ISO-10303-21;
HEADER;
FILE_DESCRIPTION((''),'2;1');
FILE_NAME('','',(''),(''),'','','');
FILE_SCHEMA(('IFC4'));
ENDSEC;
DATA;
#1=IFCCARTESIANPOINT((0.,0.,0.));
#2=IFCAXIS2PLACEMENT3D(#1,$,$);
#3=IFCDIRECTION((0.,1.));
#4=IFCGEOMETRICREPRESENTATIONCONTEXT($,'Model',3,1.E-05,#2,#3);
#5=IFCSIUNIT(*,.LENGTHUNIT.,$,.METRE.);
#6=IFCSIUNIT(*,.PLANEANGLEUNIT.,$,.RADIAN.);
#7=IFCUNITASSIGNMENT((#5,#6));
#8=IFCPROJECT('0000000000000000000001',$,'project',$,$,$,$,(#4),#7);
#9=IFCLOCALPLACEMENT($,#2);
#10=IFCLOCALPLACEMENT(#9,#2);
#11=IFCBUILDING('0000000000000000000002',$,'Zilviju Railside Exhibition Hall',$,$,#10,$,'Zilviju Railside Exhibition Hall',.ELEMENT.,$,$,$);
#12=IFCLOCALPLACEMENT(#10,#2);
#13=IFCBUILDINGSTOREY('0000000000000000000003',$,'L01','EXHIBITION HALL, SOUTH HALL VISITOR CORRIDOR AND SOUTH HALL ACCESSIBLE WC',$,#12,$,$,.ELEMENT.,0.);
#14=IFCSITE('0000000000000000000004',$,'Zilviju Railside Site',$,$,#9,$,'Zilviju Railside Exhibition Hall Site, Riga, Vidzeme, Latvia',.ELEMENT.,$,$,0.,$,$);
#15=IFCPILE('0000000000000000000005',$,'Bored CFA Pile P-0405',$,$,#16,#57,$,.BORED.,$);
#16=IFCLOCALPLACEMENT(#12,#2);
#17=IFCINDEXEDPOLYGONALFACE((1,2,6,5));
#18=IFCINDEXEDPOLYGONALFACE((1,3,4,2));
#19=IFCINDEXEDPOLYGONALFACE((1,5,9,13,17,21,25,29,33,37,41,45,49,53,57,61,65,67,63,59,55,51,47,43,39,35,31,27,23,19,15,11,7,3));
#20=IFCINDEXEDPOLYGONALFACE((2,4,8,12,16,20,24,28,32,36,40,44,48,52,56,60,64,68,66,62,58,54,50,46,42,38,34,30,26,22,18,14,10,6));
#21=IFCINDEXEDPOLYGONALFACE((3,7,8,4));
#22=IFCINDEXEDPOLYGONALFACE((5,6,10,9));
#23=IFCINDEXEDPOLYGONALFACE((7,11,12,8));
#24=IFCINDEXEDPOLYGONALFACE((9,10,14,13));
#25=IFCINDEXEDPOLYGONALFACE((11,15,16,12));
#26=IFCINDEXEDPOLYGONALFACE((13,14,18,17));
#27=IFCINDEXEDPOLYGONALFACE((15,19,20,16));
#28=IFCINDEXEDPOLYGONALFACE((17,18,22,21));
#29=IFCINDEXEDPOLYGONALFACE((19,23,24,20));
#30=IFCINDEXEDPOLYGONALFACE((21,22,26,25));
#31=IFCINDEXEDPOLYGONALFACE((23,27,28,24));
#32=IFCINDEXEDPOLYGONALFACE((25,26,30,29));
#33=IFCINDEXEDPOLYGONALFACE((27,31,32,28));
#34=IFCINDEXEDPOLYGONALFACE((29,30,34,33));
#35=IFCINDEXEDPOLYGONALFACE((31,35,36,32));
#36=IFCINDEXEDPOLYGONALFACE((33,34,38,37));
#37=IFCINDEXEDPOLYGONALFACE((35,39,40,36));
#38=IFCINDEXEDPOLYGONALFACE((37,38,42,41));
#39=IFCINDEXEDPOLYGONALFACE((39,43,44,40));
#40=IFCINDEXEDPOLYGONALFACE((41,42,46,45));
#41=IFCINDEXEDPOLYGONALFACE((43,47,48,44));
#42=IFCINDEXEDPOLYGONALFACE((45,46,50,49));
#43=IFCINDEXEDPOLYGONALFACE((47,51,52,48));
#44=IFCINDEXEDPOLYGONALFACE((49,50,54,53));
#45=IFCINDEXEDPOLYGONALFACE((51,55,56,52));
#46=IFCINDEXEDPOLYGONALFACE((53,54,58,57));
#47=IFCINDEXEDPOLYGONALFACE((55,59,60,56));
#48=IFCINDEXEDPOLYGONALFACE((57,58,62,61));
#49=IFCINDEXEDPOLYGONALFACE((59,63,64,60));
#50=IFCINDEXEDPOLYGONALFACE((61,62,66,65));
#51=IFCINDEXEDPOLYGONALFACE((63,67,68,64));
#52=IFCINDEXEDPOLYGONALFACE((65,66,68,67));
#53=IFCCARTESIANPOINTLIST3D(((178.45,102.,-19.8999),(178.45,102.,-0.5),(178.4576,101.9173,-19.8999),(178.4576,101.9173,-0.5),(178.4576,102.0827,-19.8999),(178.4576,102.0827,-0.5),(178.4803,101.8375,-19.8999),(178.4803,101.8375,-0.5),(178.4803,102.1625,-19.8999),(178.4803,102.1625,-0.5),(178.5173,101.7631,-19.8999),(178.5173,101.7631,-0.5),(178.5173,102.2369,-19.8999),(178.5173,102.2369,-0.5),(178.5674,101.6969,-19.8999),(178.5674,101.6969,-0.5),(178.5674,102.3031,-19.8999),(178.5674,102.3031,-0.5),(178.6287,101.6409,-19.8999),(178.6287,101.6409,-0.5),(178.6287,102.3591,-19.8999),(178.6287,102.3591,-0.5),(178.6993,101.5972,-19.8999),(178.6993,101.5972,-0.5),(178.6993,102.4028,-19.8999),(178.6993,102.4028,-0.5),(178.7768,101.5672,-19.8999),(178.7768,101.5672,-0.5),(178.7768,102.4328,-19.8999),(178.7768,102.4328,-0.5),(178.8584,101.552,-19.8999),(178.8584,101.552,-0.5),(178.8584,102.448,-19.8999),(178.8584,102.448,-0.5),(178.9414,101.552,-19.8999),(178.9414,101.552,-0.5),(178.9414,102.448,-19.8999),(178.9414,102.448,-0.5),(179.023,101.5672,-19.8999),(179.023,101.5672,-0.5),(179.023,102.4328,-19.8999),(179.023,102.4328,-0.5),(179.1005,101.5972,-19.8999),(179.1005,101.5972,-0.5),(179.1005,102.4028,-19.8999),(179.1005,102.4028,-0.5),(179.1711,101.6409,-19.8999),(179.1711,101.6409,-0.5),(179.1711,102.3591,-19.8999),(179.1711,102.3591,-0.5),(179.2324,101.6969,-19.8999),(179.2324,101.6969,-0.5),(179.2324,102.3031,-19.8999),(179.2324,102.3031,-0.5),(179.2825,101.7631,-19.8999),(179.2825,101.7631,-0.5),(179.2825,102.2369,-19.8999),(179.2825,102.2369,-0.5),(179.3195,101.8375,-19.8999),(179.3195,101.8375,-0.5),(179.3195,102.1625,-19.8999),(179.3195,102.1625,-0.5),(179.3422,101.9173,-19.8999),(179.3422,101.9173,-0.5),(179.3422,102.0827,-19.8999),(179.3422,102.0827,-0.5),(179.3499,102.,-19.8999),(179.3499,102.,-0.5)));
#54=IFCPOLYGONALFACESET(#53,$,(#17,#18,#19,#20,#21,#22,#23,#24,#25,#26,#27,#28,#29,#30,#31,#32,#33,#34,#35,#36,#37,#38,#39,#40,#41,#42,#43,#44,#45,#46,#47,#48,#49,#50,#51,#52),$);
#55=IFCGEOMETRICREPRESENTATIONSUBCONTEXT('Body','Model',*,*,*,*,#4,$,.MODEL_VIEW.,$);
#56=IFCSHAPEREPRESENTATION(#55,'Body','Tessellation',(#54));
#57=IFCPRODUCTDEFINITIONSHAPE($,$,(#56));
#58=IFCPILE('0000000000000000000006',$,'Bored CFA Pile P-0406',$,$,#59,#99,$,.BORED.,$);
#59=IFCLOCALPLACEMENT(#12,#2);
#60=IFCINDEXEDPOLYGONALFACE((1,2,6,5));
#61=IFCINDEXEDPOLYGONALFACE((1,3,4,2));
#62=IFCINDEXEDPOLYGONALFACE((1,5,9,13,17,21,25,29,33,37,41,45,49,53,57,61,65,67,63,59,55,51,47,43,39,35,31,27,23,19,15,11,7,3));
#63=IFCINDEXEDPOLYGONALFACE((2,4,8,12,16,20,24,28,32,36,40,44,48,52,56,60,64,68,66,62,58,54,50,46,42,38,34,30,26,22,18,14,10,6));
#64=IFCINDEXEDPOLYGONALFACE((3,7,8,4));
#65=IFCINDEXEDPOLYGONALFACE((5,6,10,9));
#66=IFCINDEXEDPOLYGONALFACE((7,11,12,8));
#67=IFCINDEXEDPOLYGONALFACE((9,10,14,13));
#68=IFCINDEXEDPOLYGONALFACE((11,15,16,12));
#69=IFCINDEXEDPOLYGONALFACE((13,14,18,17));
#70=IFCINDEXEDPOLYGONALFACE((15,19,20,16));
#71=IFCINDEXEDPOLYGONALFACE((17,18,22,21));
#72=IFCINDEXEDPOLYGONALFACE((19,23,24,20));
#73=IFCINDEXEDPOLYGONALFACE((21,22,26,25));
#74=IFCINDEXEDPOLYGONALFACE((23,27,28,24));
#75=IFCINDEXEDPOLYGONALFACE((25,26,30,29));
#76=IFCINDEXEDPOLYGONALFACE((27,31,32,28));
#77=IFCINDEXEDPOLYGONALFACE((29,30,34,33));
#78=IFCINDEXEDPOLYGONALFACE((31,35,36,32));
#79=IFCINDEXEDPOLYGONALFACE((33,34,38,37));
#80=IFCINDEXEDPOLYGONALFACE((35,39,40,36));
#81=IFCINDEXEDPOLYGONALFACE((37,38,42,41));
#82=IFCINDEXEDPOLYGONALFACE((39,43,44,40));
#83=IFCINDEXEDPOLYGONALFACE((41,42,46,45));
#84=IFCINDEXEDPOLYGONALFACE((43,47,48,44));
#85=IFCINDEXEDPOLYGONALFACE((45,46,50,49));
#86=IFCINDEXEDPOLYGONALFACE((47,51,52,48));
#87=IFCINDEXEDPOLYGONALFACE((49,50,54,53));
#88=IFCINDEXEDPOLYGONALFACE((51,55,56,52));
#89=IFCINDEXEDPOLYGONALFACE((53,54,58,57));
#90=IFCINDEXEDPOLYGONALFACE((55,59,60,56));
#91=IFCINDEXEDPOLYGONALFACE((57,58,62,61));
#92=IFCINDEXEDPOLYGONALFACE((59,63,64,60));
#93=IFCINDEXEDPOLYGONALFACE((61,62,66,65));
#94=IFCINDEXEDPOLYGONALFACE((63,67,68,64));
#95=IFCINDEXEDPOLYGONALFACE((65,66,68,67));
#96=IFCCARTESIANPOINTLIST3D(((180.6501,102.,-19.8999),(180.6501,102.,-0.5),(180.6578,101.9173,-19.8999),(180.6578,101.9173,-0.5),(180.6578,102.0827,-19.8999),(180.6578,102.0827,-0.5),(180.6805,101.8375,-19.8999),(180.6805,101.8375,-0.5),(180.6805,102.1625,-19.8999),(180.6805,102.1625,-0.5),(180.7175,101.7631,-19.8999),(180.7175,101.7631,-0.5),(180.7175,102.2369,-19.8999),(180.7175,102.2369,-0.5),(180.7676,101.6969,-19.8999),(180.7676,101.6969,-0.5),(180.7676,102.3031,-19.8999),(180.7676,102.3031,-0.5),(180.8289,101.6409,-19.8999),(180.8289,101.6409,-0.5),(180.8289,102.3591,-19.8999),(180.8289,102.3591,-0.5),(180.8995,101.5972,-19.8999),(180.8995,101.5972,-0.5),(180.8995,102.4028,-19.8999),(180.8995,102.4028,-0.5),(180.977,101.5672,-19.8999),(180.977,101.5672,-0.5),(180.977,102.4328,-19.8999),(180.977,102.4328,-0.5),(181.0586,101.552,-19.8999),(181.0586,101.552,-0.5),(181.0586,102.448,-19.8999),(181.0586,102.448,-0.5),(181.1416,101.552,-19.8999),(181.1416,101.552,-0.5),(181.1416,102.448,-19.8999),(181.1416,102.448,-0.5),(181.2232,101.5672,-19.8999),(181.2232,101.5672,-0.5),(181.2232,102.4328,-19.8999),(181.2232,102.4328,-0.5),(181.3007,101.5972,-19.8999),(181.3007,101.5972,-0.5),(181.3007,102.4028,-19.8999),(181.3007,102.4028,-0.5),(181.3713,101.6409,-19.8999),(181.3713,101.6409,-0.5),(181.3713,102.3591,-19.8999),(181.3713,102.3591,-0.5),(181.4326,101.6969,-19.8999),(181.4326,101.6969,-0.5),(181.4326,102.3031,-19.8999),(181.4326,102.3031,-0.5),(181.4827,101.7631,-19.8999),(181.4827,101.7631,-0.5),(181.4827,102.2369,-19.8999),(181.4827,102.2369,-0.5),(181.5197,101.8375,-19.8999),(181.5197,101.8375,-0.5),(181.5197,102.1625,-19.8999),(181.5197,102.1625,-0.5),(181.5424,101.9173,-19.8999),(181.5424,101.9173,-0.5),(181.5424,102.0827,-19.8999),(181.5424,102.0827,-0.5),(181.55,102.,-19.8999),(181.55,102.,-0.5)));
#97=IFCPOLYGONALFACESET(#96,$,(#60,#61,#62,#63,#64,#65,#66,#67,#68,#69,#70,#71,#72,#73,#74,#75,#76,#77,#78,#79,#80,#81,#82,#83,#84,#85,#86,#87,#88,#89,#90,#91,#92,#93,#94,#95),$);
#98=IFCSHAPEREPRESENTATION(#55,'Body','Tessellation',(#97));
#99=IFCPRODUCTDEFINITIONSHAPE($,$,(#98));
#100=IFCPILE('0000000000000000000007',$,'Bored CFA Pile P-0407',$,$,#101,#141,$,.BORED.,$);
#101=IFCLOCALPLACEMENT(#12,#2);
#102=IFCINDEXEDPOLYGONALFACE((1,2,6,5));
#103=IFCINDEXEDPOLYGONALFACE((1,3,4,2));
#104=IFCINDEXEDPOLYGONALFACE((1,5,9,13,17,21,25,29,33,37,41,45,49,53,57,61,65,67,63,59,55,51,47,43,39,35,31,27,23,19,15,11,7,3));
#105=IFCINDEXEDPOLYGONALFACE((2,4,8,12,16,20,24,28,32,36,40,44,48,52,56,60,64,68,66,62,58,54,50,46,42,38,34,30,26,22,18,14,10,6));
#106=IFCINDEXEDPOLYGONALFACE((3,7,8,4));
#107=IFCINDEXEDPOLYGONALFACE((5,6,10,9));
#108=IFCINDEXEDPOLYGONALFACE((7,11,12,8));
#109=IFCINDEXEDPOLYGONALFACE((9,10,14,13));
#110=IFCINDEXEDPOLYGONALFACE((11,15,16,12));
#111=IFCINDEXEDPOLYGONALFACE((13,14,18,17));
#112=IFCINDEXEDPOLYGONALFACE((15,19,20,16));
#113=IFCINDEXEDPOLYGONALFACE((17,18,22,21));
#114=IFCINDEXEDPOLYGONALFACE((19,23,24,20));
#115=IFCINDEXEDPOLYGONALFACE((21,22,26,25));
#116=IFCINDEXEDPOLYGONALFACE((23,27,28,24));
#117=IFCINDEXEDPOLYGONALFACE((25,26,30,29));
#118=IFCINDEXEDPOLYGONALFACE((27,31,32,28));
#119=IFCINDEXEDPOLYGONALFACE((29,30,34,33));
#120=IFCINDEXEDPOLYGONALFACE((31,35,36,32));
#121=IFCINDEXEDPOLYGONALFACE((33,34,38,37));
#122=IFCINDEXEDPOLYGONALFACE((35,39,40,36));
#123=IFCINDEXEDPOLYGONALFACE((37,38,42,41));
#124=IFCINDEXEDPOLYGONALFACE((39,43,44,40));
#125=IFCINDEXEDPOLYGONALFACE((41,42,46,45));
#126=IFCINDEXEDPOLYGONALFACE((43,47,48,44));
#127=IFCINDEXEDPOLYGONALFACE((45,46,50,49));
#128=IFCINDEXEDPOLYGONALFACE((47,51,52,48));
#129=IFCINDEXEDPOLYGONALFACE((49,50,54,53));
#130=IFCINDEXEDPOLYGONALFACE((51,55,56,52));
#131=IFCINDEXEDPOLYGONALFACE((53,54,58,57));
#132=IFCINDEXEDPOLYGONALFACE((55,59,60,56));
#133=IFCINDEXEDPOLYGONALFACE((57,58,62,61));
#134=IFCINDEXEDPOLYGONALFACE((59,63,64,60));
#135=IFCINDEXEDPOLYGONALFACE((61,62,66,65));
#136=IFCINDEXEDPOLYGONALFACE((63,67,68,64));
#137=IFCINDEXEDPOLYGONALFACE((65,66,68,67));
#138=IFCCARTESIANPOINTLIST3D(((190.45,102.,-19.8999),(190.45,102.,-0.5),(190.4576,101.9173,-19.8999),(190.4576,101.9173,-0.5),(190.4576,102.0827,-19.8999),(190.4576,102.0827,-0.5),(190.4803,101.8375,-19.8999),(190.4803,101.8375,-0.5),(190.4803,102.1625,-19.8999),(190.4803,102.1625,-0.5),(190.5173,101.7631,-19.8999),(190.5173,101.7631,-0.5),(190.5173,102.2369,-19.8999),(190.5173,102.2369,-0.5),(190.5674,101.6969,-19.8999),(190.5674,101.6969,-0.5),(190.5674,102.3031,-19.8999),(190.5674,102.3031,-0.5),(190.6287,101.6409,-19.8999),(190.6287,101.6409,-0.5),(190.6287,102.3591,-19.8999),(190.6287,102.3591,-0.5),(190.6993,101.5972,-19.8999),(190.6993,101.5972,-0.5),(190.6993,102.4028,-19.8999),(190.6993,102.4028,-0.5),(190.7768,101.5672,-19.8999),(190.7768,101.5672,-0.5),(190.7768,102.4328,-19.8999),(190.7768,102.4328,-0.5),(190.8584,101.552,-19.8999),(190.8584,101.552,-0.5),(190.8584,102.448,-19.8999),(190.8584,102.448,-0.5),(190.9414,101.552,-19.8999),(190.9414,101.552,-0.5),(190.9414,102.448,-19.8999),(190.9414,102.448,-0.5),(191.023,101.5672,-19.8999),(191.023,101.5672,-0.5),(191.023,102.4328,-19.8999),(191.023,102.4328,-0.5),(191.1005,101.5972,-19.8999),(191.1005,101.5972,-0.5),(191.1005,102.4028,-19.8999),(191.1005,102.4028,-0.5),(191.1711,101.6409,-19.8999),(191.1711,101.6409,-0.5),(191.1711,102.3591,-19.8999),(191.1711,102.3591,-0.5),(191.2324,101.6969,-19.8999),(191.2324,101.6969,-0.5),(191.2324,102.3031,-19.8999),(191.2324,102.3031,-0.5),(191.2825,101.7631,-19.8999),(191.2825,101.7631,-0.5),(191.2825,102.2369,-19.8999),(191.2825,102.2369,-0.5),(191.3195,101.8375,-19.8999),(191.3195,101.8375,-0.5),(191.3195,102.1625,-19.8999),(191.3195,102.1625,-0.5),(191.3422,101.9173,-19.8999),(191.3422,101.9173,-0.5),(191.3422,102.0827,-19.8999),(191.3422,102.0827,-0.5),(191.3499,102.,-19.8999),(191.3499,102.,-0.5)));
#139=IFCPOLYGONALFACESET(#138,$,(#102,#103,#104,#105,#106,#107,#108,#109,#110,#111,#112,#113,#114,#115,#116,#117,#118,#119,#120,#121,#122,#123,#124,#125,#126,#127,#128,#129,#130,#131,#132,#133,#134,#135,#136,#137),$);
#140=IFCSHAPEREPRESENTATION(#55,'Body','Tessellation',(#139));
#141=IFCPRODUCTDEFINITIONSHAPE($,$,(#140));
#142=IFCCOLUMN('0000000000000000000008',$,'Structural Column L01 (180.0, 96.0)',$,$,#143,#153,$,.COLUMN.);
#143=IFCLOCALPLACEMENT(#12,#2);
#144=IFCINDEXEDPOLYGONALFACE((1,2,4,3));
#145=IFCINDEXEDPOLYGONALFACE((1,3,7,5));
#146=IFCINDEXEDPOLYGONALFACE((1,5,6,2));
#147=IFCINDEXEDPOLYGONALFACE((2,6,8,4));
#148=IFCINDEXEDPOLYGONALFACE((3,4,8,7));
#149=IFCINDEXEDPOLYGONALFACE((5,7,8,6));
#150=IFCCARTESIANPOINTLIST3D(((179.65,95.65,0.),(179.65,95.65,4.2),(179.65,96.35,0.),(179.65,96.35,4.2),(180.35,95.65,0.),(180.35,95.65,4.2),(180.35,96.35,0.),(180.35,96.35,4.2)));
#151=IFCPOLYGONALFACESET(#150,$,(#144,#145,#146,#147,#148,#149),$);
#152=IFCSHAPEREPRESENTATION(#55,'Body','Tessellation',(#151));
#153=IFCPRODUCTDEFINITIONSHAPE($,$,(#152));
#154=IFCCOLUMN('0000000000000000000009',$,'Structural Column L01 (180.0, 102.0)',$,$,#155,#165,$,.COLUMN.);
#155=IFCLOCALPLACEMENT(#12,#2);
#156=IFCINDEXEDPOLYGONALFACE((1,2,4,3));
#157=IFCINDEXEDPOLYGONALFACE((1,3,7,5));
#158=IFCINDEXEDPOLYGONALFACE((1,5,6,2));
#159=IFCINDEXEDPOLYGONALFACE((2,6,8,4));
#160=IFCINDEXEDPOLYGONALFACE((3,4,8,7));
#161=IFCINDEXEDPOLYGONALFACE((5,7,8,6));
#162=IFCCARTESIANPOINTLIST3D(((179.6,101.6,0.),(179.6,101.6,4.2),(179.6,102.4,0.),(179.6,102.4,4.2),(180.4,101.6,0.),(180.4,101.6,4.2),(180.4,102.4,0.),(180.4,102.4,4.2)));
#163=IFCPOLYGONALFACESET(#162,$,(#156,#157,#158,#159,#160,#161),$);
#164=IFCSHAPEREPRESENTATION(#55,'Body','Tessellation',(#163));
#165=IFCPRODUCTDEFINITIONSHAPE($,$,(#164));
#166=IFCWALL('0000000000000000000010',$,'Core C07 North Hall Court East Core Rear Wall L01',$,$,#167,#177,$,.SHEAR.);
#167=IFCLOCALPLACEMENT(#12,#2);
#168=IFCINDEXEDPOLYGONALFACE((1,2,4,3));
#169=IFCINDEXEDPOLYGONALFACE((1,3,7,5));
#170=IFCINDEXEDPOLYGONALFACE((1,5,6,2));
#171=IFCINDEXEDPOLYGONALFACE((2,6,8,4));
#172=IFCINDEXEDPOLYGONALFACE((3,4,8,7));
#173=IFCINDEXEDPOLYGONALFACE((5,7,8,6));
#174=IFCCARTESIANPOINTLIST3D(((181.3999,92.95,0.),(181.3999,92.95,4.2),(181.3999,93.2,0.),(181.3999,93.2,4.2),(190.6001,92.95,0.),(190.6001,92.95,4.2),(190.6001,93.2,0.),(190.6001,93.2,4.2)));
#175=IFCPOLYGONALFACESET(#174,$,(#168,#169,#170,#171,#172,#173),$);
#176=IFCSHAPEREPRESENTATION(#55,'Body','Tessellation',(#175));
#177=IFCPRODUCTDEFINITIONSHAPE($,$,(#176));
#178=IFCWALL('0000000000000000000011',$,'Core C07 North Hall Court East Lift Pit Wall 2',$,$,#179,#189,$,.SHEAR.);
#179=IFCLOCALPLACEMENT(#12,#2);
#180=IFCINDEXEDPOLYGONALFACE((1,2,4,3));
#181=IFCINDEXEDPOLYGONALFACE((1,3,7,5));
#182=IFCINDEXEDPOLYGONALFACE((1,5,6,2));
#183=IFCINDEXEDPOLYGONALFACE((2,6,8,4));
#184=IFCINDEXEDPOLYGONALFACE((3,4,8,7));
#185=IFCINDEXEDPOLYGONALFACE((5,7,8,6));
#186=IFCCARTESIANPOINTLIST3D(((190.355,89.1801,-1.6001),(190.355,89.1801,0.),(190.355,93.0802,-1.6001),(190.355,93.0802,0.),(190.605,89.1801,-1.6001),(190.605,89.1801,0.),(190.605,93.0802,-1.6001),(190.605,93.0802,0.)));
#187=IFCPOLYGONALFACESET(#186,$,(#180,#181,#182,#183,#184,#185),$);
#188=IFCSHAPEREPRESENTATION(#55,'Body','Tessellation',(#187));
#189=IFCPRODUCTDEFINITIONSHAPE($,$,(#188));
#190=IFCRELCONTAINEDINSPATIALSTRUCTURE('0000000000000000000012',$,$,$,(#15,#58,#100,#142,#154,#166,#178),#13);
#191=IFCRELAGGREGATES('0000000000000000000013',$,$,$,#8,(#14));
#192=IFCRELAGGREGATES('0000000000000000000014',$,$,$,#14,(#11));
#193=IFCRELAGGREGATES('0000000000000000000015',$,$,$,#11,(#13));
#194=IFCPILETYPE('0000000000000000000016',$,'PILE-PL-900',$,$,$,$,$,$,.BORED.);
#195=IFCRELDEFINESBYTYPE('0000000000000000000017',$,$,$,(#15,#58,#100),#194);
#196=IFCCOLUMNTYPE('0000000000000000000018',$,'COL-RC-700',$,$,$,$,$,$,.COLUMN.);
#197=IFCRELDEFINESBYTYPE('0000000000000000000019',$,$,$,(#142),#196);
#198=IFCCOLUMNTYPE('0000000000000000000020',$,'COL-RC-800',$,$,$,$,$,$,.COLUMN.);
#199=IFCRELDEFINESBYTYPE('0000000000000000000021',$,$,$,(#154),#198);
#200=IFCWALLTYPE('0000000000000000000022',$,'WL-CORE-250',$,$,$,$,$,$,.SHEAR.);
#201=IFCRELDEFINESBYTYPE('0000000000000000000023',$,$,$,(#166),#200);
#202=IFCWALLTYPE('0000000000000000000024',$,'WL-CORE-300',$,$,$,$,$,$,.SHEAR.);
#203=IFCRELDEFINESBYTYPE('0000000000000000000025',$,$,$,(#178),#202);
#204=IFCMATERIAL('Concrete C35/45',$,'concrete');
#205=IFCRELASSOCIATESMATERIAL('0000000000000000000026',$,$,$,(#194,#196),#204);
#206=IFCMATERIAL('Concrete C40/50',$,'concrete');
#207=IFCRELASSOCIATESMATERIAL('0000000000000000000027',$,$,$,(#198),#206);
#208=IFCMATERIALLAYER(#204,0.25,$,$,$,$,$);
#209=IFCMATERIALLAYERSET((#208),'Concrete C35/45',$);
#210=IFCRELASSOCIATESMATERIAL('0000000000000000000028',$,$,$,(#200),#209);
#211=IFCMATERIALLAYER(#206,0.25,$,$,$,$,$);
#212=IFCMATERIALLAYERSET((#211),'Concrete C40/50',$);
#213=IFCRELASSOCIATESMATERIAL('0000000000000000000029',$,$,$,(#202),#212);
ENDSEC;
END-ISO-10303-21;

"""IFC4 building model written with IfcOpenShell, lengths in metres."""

from ifc_helpers import new_model, si_unit, direction, frame, frame_2d, origin, origin_2d, place, context, subcontext, project, spatial, rectangle, circle, extrude, material, layer, layer_set, material_profile, profile_set, type_object, element, save


model = new_model("IFC4")

# Units and contexts
model_context = context("Model", 3, precision=1e-05, world=origin(), true_north=direction((0.0, 1.0)))
body_context = subcontext(model_context, "Body", "Model", "MODEL_VIEW")
ifc_project = project(units=[si_unit("LENGTHUNIT", "METRE"), si_unit("PLANEANGLEUNIT", "RADIAN")], contexts=[model_context])

# Site, building, storey
site_placement = place(None, origin())
site = spatial("IfcSite", under=ifc_project, at=site_placement, Name="Zilviju Railside Site", LongName="Zilviju Railside Exhibition Hall Site, Riga, Vidzeme, Latvia", CompositionType="ELEMENT", RefElevation=0.0)
building_placement = place(site_placement, origin())
building = spatial("IfcBuilding", under=site, at=building_placement, Name="Zilviju Railside Exhibition Hall", LongName="Zilviju Railside Exhibition Hall", CompositionType="ELEMENT")
storey_placement = place(building_placement, origin())
storey = spatial("IfcBuildingStorey", under=building, at=storey_placement, Name="L01", Description="EXHIBITION HALL, SOUTH HALL VISITOR CORRIDOR AND SOUTH HALL ACCESSIBLE WC", CompositionType="ELEMENT", Elevation=0.0)

# Shared definitions
ifc_material_1 = material(Name="Concrete C35/45", Category="concrete")
ifc_material_2 = material(Name="Concrete C40/50", Category="concrete")

# Piles
ifc_material_profile_1 = material_profile(ifc_material_1, circle(Radius=0.45, at=origin_2d()), Name="CFA PILE D900")
ifc_profile_set_1 = profile_set([ifc_material_profile_1], Name="Concrete C35/45")
pile_type_1 = type_object("IfcPileType", Name="PILE-PL-900", PredefinedType="BORED", material=ifc_profile_set_1)
for number, where, z_axis, x_axis, name in (
    (1, (178.8999, 102.0, -0.5), (0.0, 0.0, -1.0), (1.0, 0.0, 0.0), "Bored CFA Pile P-0405"),
    (2, (181.1001, 102.0, -0.5), (0.0, 0.0, -1.0), (1.0, 0.0, 0.0), "Bored CFA Pile P-0406"),
    (3, (190.8999, 102.0, -0.5), (0.0, 0.0, -1.0), (1.0, 0.0, 0.0), "Bored CFA Pile P-0407"),
):
    element("IfcPile", number, at=place(storey_placement, frame(where, z_axis=z_axis, x_axis=x_axis)), inside=storey, type_object=pile_type_1, Name=name, PredefinedType="BORED", context=body_context, shape_type="SweptSolid", body=[
        extrude(circle(Radius=0.45, at=origin_2d()), origin(), (0.0, 0.0, 1.0), 19.3999),
    ])

# Columns
ifc_material_profile_2 = material_profile(ifc_material_1, rectangle(XDim=0.7, YDim=0.7, at=origin_2d()), Name="RC COL 700x700")
ifc_profile_set_2 = profile_set([ifc_material_profile_2], Name="Concrete C35/45")
column_type_1 = type_object("IfcColumnType", Name="COL-RC-700", PredefinedType="COLUMN", material=ifc_profile_set_2)
column_1_placement = place(storey_placement, frame((180.0, 96.0, 0.0), z_axis=(0.0, 0.0, 1.0), x_axis=(1.0, 0.0, 0.0)))
element("IfcColumn", 4, at=column_1_placement, inside=storey, type_object=column_type_1, Name="Structural Column L01 (180.0, 96.0)", PredefinedType="COLUMN", context=body_context, shape_type="SweptSolid", body=[
    extrude(rectangle(XDim=0.7, YDim=0.7, at=origin_2d()), origin(), (0.0, 0.0, 1.0), 4.2),
])
ifc_material_profile_3 = material_profile(ifc_material_2, rectangle(XDim=0.8, YDim=0.8, at=origin_2d()), Name="RC COL 800x800")
ifc_profile_set_3 = profile_set([ifc_material_profile_3], Name="Concrete C40/50")
column_type_2 = type_object("IfcColumnType", Name="COL-RC-800", PredefinedType="COLUMN", material=ifc_profile_set_3)
column_2_placement = place(storey_placement, frame((180.0, 102.0, 0.0), z_axis=(0.0, 0.0, 1.0), x_axis=(1.0, 0.0, 0.0)))
element("IfcColumn", 5, at=column_2_placement, inside=storey, type_object=column_type_2, Name="Structural Column L01 (180.0, 102.0)", PredefinedType="COLUMN", context=body_context, shape_type="SweptSolid", body=[
    extrude(rectangle(XDim=0.8, YDim=0.8, at=origin_2d()), origin(), (0.0, 0.0, 1.0), 4.2),
])

# Walls
ifc_layer_1 = layer(ifc_material_1, 0.25)
ifc_layer_set_1 = layer_set([ifc_layer_1], Name="Concrete C35/45")
wall_type_1 = type_object("IfcWallType", Name="WL-CORE-250", PredefinedType="SHEAR", material=ifc_layer_set_1)
wall_1_placement = place(storey_placement, frame((181.3999, 93.075, 0.0), z_axis=(0.0, 0.0, 1.0), x_axis=(1.0, 0.0, 0.0)))
element("IfcWall", 6, at=wall_1_placement, inside=storey, type_object=wall_type_1, Name="Core C07 North Hall Court East Core Rear Wall L01", PredefinedType="SHEAR", context=body_context, shape_type="SweptSolid", body=[
    extrude(rectangle(XDim=9.2002, YDim=0.25, at=frame_2d((4.6001, 0.0))), origin(), (0.0, 0.0, 1.0), 4.2),
])
ifc_layer_2 = layer(ifc_material_2, 0.25)
ifc_layer_set_2 = layer_set([ifc_layer_2], Name="Concrete C40/50")
wall_type_2 = type_object("IfcWallType", Name="WL-CORE-300", PredefinedType="SHEAR", material=ifc_layer_set_2)
wall_2_placement = place(storey_placement, frame((190.48, 89.1799, -1.6001), z_axis=(0.0, 0.0, 1.0), x_axis=(0.0, 1.0, 0.0)))
element("IfcWall", 7, at=wall_2_placement, inside=storey, type_object=wall_type_2, Name="Core C07 North Hall Court East Lift Pit Wall 2", PredefinedType="SHEAR", context=body_context, shape_type="SweptSolid", body=[
    extrude(rectangle(XDim=3.9001, YDim=0.25, at=frame_2d((1.9502, 0.0))), origin(), (0.0, 0.0, 1.0), 1.6001),
])

save(model, "model.ifc")
